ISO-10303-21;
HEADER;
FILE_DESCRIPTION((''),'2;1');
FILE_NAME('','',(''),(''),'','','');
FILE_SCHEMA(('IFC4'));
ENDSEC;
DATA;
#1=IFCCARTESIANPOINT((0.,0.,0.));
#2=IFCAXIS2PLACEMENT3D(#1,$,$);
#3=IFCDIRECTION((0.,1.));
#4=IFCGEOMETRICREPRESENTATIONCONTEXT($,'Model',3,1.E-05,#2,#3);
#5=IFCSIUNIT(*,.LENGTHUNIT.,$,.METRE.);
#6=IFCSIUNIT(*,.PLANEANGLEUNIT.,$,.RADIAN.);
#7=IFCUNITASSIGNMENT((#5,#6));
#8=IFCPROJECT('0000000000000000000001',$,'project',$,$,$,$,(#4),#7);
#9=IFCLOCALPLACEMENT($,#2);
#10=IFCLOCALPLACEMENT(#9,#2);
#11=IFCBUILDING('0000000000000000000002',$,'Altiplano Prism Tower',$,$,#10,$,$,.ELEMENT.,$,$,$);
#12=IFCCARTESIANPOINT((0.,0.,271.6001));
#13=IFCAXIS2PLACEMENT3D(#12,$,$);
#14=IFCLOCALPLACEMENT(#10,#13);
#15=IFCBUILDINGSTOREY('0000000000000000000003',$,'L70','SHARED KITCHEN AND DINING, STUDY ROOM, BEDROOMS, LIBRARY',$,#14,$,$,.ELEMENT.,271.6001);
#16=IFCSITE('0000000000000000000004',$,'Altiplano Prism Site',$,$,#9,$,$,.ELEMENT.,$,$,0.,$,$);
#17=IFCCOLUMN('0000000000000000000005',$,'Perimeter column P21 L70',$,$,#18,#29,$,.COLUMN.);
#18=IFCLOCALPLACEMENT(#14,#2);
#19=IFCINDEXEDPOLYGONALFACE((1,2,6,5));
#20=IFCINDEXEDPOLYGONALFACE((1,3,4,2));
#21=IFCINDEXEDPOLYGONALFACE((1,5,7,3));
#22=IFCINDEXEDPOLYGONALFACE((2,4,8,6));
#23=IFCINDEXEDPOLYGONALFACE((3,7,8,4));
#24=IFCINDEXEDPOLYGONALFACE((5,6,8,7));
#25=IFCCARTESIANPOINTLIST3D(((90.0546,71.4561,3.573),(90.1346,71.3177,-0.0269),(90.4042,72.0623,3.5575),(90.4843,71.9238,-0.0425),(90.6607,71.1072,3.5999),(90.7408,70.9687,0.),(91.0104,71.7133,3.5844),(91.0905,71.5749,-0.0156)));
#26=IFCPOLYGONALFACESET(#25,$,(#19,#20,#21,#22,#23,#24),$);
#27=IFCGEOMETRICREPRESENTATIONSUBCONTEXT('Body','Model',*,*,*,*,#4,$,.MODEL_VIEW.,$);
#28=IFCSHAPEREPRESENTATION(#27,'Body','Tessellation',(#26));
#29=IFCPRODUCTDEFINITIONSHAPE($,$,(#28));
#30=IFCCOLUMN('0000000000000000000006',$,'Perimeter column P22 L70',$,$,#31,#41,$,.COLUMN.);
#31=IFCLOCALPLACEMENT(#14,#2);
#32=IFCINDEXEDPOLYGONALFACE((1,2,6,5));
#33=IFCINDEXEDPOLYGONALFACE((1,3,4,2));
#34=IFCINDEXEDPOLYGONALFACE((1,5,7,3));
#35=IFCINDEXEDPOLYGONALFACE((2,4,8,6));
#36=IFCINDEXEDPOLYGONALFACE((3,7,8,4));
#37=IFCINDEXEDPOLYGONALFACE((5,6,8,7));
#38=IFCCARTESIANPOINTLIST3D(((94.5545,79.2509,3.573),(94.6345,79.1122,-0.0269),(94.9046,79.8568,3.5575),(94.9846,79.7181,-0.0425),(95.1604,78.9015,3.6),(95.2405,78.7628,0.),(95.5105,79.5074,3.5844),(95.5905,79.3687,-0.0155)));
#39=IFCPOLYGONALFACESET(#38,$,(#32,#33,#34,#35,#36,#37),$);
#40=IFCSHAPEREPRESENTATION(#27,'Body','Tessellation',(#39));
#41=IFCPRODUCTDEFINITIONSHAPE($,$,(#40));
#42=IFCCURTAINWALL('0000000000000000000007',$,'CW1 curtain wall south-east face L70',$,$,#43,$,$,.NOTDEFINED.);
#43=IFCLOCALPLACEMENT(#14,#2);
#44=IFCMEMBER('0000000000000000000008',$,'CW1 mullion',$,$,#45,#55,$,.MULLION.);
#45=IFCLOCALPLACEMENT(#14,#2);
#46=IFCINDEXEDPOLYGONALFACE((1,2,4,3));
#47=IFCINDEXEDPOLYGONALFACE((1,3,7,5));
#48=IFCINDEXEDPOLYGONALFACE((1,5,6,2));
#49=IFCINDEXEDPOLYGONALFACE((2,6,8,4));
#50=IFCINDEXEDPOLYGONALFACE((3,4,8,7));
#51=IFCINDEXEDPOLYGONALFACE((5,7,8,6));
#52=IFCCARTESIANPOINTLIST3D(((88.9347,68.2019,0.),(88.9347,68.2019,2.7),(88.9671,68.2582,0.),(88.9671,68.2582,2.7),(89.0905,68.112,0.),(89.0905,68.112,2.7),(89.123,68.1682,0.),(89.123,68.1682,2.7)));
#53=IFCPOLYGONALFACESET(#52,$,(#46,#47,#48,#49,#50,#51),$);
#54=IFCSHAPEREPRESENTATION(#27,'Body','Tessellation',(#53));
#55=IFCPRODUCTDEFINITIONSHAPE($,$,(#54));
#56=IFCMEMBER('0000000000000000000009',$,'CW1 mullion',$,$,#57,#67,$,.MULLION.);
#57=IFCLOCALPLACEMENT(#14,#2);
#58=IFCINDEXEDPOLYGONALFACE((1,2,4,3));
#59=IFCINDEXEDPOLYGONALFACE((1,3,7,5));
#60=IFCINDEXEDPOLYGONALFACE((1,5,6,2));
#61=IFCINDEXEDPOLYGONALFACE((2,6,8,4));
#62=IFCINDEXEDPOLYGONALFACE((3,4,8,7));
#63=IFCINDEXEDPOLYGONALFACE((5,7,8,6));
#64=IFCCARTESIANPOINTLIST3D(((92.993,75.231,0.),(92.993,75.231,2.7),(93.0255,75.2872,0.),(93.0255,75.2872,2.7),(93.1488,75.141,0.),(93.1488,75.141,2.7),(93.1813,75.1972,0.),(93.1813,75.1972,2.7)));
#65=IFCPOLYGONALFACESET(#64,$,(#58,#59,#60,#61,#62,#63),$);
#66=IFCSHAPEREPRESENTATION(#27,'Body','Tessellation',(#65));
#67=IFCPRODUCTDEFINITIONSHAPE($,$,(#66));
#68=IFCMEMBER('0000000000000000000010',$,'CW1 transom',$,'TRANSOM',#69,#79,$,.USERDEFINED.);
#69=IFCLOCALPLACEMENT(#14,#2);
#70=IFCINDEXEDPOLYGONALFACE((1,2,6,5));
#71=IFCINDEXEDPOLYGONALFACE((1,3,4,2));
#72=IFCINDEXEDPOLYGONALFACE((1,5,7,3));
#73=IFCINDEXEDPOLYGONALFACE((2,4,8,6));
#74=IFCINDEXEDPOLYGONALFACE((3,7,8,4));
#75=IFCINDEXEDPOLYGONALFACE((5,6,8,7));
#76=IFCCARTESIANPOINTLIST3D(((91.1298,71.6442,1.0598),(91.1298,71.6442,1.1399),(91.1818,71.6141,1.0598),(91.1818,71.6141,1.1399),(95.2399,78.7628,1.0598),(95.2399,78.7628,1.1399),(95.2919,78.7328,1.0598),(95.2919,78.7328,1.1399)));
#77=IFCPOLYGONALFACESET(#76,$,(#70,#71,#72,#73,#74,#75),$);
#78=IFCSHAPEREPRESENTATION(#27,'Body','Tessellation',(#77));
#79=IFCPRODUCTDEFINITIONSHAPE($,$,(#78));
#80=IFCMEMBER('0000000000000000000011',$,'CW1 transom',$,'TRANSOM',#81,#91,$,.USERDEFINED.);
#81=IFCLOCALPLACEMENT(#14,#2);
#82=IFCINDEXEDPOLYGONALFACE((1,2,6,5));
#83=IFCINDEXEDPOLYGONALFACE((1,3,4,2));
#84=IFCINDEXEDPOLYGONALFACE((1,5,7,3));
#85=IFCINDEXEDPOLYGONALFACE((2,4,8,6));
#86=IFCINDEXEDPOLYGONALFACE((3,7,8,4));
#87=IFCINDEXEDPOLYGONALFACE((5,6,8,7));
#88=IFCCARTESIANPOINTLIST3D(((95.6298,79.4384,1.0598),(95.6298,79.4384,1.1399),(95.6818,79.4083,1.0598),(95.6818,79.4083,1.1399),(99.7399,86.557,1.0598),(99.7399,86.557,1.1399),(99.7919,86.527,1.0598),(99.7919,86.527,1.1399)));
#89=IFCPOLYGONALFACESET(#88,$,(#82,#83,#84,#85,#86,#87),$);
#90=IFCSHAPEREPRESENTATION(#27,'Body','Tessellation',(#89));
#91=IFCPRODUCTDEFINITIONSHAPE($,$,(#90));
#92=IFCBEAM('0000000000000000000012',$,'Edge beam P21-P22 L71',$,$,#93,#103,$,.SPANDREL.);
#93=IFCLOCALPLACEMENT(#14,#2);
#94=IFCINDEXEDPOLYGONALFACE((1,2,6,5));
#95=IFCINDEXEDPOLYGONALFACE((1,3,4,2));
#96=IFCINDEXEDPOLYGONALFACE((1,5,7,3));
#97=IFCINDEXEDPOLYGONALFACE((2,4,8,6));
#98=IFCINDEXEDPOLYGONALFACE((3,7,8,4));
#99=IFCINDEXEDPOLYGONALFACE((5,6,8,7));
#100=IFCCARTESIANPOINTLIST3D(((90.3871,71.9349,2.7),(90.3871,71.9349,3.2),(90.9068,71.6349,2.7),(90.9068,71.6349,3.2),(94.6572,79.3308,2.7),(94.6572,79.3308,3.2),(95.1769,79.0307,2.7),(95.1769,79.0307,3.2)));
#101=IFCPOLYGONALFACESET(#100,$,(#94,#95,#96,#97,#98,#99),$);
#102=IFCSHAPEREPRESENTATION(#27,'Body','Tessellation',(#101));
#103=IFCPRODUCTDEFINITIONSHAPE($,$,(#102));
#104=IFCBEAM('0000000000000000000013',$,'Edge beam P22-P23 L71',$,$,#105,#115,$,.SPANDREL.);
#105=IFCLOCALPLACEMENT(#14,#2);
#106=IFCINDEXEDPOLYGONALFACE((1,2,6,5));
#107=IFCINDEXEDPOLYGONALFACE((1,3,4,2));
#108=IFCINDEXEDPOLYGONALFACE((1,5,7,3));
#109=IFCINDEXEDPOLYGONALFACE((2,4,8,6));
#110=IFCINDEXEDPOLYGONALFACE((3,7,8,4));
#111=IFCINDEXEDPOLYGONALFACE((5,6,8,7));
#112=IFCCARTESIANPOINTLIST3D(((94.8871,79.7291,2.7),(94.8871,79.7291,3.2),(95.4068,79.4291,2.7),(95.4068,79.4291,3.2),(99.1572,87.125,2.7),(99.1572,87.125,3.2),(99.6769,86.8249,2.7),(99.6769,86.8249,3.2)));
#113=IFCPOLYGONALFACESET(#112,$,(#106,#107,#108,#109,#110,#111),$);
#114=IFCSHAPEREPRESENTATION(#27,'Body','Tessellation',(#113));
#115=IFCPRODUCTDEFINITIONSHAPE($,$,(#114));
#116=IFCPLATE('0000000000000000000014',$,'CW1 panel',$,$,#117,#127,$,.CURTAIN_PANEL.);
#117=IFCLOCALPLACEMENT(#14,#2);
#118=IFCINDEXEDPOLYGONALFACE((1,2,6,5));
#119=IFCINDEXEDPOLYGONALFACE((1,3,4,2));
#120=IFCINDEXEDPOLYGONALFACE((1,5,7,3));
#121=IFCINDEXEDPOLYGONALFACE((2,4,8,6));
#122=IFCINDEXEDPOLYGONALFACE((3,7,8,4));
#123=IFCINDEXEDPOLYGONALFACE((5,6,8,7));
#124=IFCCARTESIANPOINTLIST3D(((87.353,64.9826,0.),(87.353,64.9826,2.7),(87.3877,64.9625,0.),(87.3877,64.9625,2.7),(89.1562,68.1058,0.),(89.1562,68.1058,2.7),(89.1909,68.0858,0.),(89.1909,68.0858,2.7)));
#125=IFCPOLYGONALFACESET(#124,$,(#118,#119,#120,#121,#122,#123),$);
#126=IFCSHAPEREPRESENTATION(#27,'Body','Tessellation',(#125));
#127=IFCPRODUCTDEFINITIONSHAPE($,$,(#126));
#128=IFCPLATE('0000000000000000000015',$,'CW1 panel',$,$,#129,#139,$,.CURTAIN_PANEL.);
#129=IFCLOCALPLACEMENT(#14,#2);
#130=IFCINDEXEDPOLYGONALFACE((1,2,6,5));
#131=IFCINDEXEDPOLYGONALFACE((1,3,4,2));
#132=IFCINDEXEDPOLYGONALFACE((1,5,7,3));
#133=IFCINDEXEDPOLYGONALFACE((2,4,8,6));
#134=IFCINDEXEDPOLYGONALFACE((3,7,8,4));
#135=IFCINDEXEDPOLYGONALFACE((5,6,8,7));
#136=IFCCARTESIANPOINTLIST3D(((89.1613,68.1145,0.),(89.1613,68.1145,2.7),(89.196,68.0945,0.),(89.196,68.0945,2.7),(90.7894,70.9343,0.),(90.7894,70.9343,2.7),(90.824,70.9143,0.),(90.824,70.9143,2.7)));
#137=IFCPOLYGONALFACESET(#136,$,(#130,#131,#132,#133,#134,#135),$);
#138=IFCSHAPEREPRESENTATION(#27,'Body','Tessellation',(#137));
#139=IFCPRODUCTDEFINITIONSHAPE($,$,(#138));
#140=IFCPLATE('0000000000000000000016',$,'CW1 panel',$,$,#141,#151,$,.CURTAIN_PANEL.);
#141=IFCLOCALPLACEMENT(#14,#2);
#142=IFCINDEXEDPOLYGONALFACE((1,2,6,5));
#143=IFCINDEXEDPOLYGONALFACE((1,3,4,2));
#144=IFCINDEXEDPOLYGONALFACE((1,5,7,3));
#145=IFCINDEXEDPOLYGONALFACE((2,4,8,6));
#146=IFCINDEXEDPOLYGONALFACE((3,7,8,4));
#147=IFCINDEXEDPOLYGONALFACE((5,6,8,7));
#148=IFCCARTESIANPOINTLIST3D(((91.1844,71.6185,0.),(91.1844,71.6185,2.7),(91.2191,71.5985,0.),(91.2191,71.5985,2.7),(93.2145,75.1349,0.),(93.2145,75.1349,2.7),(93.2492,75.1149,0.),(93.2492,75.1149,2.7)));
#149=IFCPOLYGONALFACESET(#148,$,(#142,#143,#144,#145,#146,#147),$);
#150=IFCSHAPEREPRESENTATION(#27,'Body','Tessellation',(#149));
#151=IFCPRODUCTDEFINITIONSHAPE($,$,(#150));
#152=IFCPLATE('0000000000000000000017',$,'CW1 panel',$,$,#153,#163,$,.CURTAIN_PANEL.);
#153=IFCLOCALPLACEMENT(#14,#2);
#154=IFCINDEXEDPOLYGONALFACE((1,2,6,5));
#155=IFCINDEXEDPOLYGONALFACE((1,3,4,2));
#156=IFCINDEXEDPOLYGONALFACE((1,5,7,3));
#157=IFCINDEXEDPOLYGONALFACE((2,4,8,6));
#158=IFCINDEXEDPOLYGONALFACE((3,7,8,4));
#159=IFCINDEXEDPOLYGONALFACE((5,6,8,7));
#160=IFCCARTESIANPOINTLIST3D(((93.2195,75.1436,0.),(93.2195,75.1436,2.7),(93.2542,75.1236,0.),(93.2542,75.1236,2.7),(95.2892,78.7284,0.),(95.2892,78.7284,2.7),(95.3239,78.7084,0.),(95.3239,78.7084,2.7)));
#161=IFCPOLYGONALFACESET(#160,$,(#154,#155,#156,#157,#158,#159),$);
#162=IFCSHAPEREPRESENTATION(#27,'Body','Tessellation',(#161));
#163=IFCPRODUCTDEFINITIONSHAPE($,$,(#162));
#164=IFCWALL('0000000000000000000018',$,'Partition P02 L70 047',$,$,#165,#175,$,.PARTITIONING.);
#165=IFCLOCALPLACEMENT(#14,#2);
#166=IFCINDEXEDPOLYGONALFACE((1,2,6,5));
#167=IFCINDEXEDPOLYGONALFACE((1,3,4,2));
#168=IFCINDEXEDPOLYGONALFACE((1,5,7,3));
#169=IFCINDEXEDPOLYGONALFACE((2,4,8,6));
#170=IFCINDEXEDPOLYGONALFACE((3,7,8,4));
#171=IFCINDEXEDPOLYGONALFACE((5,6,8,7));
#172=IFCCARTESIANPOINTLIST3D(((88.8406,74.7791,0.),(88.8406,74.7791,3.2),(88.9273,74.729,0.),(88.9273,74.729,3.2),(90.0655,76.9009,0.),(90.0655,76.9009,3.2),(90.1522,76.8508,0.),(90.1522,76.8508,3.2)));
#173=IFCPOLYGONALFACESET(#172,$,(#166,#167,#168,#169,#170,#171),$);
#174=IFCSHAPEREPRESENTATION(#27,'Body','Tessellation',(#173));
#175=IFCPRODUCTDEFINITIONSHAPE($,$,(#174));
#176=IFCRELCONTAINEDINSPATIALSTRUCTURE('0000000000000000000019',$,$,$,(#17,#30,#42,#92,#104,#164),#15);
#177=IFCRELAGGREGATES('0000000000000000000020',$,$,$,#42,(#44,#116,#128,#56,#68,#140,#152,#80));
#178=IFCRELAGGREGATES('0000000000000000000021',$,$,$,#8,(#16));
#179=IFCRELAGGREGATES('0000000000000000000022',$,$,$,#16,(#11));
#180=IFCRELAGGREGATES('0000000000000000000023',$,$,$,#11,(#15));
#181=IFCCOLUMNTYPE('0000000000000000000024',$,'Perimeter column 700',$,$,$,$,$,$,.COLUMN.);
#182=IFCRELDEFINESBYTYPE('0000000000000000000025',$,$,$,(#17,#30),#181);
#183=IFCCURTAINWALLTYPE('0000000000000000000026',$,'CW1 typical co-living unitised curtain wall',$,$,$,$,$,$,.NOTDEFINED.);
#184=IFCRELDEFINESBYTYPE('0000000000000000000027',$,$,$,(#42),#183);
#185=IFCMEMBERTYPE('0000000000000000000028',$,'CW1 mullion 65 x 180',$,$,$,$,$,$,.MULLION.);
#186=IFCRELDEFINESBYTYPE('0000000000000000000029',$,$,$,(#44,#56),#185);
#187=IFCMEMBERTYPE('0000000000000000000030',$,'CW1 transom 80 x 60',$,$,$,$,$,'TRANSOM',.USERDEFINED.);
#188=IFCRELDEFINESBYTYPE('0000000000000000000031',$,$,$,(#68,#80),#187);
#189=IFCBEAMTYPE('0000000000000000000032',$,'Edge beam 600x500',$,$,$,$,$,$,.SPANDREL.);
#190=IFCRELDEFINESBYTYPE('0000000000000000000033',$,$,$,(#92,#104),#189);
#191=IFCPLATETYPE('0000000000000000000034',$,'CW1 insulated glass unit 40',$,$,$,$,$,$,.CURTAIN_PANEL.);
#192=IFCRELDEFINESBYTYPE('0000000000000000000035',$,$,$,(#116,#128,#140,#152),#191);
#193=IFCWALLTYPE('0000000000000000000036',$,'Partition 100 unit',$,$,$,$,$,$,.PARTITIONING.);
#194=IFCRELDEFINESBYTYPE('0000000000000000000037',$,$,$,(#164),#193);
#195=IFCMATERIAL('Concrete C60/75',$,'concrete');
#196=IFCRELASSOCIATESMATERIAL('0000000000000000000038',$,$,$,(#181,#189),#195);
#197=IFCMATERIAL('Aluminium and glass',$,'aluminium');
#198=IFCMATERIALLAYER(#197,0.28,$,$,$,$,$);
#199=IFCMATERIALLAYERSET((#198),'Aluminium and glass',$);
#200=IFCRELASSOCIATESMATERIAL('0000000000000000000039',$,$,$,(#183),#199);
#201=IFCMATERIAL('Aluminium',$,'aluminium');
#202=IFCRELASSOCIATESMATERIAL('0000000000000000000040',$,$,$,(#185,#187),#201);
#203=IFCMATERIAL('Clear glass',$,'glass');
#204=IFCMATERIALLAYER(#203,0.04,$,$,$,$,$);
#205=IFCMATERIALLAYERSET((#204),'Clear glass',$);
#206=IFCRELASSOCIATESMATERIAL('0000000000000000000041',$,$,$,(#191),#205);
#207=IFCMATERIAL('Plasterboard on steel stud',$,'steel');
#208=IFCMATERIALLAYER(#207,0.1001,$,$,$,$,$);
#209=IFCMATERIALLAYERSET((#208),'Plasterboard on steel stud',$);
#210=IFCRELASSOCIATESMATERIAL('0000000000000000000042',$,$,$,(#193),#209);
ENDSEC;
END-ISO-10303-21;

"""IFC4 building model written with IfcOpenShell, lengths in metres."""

from ifc_helpers import new_model, si_unit, direction, frame, frame_2d, origin, origin_2d, place, context, subcontext, project, spatial, rectangle, extrude, material, layer, layer_set, material_profile, profile_set, type_object, element, aggregate, save


model = new_model("IFC4")

# Units and contexts
model_context = context("Model", 3, precision=1e-05, world=origin(), true_north=direction((0.0, 1.0)))
body_context = subcontext(model_context, "Body", "Model", "MODEL_VIEW")
ifc_project = project(units=[si_unit("LENGTHUNIT", "METRE"), si_unit("PLANEANGLEUNIT", "RADIAN")], contexts=[model_context])

# Site, building, storey
site_placement = place(None, origin())
site = spatial("IfcSite", under=ifc_project, at=site_placement, Name="Altiplano Prism Site", CompositionType="ELEMENT", RefElevation=0.0)
building_placement = place(site_placement, origin())
building = spatial("IfcBuilding", under=site, at=building_placement, Name="Altiplano Prism Tower", CompositionType="ELEMENT")
storey_placement = place(building_placement, frame((0.0, 0.0, 271.6001)))
storey = spatial("IfcBuildingStorey", under=building, at=storey_placement, Name="L70", Description="SHARED KITCHEN AND DINING, STUDY ROOM, BEDROOMS, LIBRARY", CompositionType="ELEMENT", Elevation=271.6001)

# Columns
ifc_material_1 = material(Name="Concrete C60/75", Category="concrete")
ifc_material_profile_1 = material_profile(ifc_material_1, rectangle(XDim=0.7, YDim=0.7, at=origin_2d()), Name="Perimeter column 700")
ifc_profile_set_1 = profile_set([ifc_material_profile_1], Name="Concrete C60/75")
column_type = type_object("IfcColumnType", Name="Perimeter column 700", PredefinedType="COLUMN", material=ifc_profile_set_1)
for number, where, z_axis, x_axis, name in (
    (1, (90.6125, 71.4463, -0.0212), (-0.022223, 0.038416, 0.999015), (-0.499508, -0.866025, 0.02219), "Perimeter column P21 L70"),
    (2, (95.1125, 79.2405, -0.0212), (-0.022223, 0.038483, 0.999012), (-0.50017, -0.865642, 0.02222), "Perimeter column P22 L70"),
):
    element("IfcColumn", number, at=place(storey_placement, frame(where, z_axis=z_axis, x_axis=x_axis)), inside=storey, type_object=column_type, Name=name, PredefinedType="COLUMN", context=body_context, shape_type="SweptSolid", body=[
        extrude(rectangle(XDim=0.7, YDim=0.7, at=origin_2d()), origin(), (0.0, 0.0, 1.0), 3.6035),
    ])

# Curtain wall, members
ifc_material_2 = material(Name="Aluminium and glass", Category="aluminium")
ifc_layer_1 = layer(ifc_material_2, 0.28)
ifc_layer_set_1 = layer_set([ifc_layer_1], Name="Aluminium and glass")
curtain_wall_type = type_object("IfcCurtainWallType", Name="CW1 typical co-living unitised curtain wall", PredefinedType="NOTDEFINED", material=ifc_layer_set_1)
curtain_wall_placement = place(storey_placement, origin())
curtain_wall = element("IfcCurtainWall", 3, at=curtain_wall_placement, inside=storey, type_object=curtain_wall_type, Name="CW1 curtain wall south-east face L70", PredefinedType="NOTDEFINED")
ifc_material_3 = material(Name="Aluminium", Category="aluminium")
ifc_material_profile_2 = material_profile(ifc_material_3, rectangle(XDim=0.1799, YDim=0.0649, at=origin_2d()), Name="CW1 mullion 65 x 180")
ifc_profile_set_2 = profile_set([ifc_material_profile_2], Name="Aluminium")
member_type_1 = type_object("IfcMemberType", Name="CW1 mullion 65 x 180", PredefinedType="MULLION", material=ifc_profile_set_2)
member_1_placement = place(storey_placement, frame((89.0288, 68.1851, 0.0), z_axis=(0.0, 0.0, 1.0), x_axis=(-0.866025, 0.5, 0.0)))
member_1 = element("IfcMember", 4, at=member_1_placement, type_object=member_type_1, Name="CW1 mullion", PredefinedType="MULLION", context=body_context, shape_type="SweptSolid", body=[
    extrude(rectangle(XDim=0.1799, YDim=0.0649, at=origin_2d()), origin(), (0.0, 0.0, 1.0), 2.7),
])
member_2_placement = place(storey_placement, frame((93.0872, 75.2141, 0.0), z_axis=(0.0, 0.0, 1.0), x_axis=(-0.866025, 0.5, 0.0)))
member_2 = element("IfcMember", 5, at=member_2_placement, type_object=member_type_1, Name="CW1 mullion", PredefinedType="MULLION", context=body_context, shape_type="SweptSolid", body=[
    extrude(rectangle(XDim=0.1799, YDim=0.0649, at=origin_2d()), origin(), (0.0, 0.0, 1.0), 2.7),
])
ifc_material_profile_3 = material_profile(ifc_material_3, rectangle(XDim=0.0601, YDim=0.0801, at=origin_2d()), Name="CW1 transom 80 x 60")
ifc_profile_set_3 = profile_set([ifc_material_profile_3], Name="Aluminium")
member_type_2 = type_object("IfcMemberType", Name="CW1 transom 80 x 60", ElementType="TRANSOM", PredefinedType="USERDEFINED", material=ifc_profile_set_3)
member_3_placement = place(storey_placement, frame((91.1558, 71.6292, 1.0999), z_axis=(0.500014, 0.866017, 0.0), x_axis=(-0.866017, 0.500014, 0.0)))
member_3 = element("IfcMember", 6, at=member_3_placement, type_object=member_type_2, Name="CW1 transom", ObjectType="TRANSOM", PredefinedType="USERDEFINED", context=body_context, shape_type="SweptSolid", body=[
    extrude(rectangle(XDim=0.0601, YDim=0.0801, at=origin_2d()), origin(), (0.0, 0.0, 1.0), 8.22),
])
member_4_placement = place(storey_placement, frame((95.6558, 79.4233, 1.0999), z_axis=(0.500014, 0.866017, 0.0), x_axis=(-0.866017, 0.500014, 0.0)))
member_4 = element("IfcMember", 7, at=member_4_placement, type_object=member_type_2, Name="CW1 transom", ObjectType="TRANSOM", PredefinedType="USERDEFINED", context=body_context, shape_type="SweptSolid", body=[
    extrude(rectangle(XDim=0.0601, YDim=0.0801, at=origin_2d()), origin(), (0.0, 0.0, 1.0), 8.22),
])

# Beams
ifc_material_profile_4 = material_profile(ifc_material_1, rectangle(XDim=0.6001, YDim=0.5, at=origin_2d()), Name="Edge beam 600x500")
ifc_profile_set_4 = profile_set([ifc_material_profile_4], Name="Concrete C60/75")
beam_type = type_object("IfcBeamType", Name="Edge beam 600x500", PredefinedType="SPANDREL", material=ifc_profile_set_4)
for number, where, z_axis, x_axis, name in (
    (8, (90.647, 71.7849, 2.95), (0.500007, 0.866021, 0.0), (-0.866021, 0.500007, 0.0), "Edge beam P21-P22 L71"),
    (9, (95.147, 79.5791, 2.95), (0.500007, 0.866021, 0.0), (-0.866021, 0.500007, 0.0), "Edge beam P22-P23 L71"),
):
    element("IfcBeam", number, at=place(storey_placement, frame(where, z_axis=z_axis, x_axis=x_axis)), inside=storey, type_object=beam_type, Name=name, PredefinedType="SPANDREL", context=body_context, shape_type="SweptSolid", body=[
        extrude(rectangle(XDim=0.6001, YDim=0.5, at=origin_2d()), origin(), (0.0, 0.0, 1.0), 8.54),
    ])

# Plates
ifc_material_4 = material(Name="Clear glass", Category="glass")
ifc_layer_2 = layer(ifc_material_4, 0.04)
ifc_layer_set_2 = layer_set([ifc_layer_2], Name="Clear glass")
plate_type = type_object("IfcPlateType", Name="CW1 insulated glass unit 40", PredefinedType="CURTAIN_PANEL", material=ifc_layer_set_2)
plate_1_placement = place(storey_placement, frame((88.272, 66.5342, 0.0), z_axis=(0.0, 0.0, 1.0), x_axis=(0.5, 0.866025, 0.0)))
plate_1 = element("IfcPlate", 10, at=plate_1_placement, type_object=plate_type, Name="CW1 panel", PredefinedType="CURTAIN_PANEL", context=body_context, shape_type="SweptSolid", body=[
    extrude(rectangle(XDim=3.6064, YDim=0.04, at=origin_2d()), origin(), (0.0, 0.0, 1.0), 2.7),
])
plate_2_placement = place(storey_placement, frame((89.9927, 69.5144, 0.0), z_axis=(0.0, 0.0, 1.0), x_axis=(0.5, 0.866025, 0.0)))
plate_2 = element("IfcPlate", 11, at=plate_2_placement, type_object=plate_type, Name="CW1 panel", PredefinedType="CURTAIN_PANEL", context=body_context, shape_type="SweptSolid", body=[
    extrude(rectangle(XDim=3.2561, YDim=0.04, at=origin_2d()), origin(), (0.0, 0.0, 1.0), 2.7),
])
plate_3_placement = place(storey_placement, frame((92.2168, 73.3667, 0.0), z_axis=(0.0, 0.0, 1.0), x_axis=(0.5, 0.866025, 0.0)))
plate_3 = element("IfcPlate", 12, at=plate_3_placement, type_object=plate_type, Name="CW1 panel", PredefinedType="CURTAIN_PANEL", context=body_context, shape_type="SweptSolid", body=[
    extrude(rectangle(XDim=4.0603, YDim=0.04, at=origin_2d()), origin(), (0.0, 0.0, 1.0), 2.7),
])
plate_4_placement = place(storey_placement, frame((94.2717, 76.926, 0.0), z_axis=(0.0, 0.0, 1.0), x_axis=(0.5, 0.866025, 0.0)))
plate_4 = element("IfcPlate", 13, at=plate_4_placement, type_object=plate_type, Name="CW1 panel", PredefinedType="CURTAIN_PANEL", context=body_context, shape_type="SweptSolid", body=[
    extrude(rectangle(XDim=4.1394, YDim=0.04, at=origin_2d()), origin(), (0.0, 0.0, 1.0), 2.7),
])
aggregate(curtain_wall, [member_1, plate_1, plate_2, member_2, member_3, plate_3, plate_4, member_4])

# Wall
ifc_material_5 = material(Name="Plasterboard on steel stud", Category="steel")
ifc_layer_3 = layer(ifc_material_5, 0.1001)
ifc_layer_set_3 = layer_set([ifc_layer_3], Name="Plasterboard on steel stud")
wall_type_1 = type_object("IfcWallType", Name="Partition 100 unit", PredefinedType="PARTITIONING", material=ifc_layer_set_3)
wall_1_placement = place(storey_placement, frame((90.1089, 76.876, 0.0), z_axis=(0.0, 0.0, 1.0), x_axis=(-0.499944, -0.866058, 0.0)))
element("IfcWall", 14, at=wall_1_placement, inside=storey, type_object=wall_type_1, Name="Partition P02 L70 047", PredefinedType="PARTITIONING", context=body_context, shape_type="SweptSolid", body=[
    extrude(rectangle(XDim=2.45, YDim=0.1001, at=frame_2d((1.2251, 0.0))), origin(), (0.0, 0.0, 1.0), 3.2),
])

save(model, "model.ifc")
